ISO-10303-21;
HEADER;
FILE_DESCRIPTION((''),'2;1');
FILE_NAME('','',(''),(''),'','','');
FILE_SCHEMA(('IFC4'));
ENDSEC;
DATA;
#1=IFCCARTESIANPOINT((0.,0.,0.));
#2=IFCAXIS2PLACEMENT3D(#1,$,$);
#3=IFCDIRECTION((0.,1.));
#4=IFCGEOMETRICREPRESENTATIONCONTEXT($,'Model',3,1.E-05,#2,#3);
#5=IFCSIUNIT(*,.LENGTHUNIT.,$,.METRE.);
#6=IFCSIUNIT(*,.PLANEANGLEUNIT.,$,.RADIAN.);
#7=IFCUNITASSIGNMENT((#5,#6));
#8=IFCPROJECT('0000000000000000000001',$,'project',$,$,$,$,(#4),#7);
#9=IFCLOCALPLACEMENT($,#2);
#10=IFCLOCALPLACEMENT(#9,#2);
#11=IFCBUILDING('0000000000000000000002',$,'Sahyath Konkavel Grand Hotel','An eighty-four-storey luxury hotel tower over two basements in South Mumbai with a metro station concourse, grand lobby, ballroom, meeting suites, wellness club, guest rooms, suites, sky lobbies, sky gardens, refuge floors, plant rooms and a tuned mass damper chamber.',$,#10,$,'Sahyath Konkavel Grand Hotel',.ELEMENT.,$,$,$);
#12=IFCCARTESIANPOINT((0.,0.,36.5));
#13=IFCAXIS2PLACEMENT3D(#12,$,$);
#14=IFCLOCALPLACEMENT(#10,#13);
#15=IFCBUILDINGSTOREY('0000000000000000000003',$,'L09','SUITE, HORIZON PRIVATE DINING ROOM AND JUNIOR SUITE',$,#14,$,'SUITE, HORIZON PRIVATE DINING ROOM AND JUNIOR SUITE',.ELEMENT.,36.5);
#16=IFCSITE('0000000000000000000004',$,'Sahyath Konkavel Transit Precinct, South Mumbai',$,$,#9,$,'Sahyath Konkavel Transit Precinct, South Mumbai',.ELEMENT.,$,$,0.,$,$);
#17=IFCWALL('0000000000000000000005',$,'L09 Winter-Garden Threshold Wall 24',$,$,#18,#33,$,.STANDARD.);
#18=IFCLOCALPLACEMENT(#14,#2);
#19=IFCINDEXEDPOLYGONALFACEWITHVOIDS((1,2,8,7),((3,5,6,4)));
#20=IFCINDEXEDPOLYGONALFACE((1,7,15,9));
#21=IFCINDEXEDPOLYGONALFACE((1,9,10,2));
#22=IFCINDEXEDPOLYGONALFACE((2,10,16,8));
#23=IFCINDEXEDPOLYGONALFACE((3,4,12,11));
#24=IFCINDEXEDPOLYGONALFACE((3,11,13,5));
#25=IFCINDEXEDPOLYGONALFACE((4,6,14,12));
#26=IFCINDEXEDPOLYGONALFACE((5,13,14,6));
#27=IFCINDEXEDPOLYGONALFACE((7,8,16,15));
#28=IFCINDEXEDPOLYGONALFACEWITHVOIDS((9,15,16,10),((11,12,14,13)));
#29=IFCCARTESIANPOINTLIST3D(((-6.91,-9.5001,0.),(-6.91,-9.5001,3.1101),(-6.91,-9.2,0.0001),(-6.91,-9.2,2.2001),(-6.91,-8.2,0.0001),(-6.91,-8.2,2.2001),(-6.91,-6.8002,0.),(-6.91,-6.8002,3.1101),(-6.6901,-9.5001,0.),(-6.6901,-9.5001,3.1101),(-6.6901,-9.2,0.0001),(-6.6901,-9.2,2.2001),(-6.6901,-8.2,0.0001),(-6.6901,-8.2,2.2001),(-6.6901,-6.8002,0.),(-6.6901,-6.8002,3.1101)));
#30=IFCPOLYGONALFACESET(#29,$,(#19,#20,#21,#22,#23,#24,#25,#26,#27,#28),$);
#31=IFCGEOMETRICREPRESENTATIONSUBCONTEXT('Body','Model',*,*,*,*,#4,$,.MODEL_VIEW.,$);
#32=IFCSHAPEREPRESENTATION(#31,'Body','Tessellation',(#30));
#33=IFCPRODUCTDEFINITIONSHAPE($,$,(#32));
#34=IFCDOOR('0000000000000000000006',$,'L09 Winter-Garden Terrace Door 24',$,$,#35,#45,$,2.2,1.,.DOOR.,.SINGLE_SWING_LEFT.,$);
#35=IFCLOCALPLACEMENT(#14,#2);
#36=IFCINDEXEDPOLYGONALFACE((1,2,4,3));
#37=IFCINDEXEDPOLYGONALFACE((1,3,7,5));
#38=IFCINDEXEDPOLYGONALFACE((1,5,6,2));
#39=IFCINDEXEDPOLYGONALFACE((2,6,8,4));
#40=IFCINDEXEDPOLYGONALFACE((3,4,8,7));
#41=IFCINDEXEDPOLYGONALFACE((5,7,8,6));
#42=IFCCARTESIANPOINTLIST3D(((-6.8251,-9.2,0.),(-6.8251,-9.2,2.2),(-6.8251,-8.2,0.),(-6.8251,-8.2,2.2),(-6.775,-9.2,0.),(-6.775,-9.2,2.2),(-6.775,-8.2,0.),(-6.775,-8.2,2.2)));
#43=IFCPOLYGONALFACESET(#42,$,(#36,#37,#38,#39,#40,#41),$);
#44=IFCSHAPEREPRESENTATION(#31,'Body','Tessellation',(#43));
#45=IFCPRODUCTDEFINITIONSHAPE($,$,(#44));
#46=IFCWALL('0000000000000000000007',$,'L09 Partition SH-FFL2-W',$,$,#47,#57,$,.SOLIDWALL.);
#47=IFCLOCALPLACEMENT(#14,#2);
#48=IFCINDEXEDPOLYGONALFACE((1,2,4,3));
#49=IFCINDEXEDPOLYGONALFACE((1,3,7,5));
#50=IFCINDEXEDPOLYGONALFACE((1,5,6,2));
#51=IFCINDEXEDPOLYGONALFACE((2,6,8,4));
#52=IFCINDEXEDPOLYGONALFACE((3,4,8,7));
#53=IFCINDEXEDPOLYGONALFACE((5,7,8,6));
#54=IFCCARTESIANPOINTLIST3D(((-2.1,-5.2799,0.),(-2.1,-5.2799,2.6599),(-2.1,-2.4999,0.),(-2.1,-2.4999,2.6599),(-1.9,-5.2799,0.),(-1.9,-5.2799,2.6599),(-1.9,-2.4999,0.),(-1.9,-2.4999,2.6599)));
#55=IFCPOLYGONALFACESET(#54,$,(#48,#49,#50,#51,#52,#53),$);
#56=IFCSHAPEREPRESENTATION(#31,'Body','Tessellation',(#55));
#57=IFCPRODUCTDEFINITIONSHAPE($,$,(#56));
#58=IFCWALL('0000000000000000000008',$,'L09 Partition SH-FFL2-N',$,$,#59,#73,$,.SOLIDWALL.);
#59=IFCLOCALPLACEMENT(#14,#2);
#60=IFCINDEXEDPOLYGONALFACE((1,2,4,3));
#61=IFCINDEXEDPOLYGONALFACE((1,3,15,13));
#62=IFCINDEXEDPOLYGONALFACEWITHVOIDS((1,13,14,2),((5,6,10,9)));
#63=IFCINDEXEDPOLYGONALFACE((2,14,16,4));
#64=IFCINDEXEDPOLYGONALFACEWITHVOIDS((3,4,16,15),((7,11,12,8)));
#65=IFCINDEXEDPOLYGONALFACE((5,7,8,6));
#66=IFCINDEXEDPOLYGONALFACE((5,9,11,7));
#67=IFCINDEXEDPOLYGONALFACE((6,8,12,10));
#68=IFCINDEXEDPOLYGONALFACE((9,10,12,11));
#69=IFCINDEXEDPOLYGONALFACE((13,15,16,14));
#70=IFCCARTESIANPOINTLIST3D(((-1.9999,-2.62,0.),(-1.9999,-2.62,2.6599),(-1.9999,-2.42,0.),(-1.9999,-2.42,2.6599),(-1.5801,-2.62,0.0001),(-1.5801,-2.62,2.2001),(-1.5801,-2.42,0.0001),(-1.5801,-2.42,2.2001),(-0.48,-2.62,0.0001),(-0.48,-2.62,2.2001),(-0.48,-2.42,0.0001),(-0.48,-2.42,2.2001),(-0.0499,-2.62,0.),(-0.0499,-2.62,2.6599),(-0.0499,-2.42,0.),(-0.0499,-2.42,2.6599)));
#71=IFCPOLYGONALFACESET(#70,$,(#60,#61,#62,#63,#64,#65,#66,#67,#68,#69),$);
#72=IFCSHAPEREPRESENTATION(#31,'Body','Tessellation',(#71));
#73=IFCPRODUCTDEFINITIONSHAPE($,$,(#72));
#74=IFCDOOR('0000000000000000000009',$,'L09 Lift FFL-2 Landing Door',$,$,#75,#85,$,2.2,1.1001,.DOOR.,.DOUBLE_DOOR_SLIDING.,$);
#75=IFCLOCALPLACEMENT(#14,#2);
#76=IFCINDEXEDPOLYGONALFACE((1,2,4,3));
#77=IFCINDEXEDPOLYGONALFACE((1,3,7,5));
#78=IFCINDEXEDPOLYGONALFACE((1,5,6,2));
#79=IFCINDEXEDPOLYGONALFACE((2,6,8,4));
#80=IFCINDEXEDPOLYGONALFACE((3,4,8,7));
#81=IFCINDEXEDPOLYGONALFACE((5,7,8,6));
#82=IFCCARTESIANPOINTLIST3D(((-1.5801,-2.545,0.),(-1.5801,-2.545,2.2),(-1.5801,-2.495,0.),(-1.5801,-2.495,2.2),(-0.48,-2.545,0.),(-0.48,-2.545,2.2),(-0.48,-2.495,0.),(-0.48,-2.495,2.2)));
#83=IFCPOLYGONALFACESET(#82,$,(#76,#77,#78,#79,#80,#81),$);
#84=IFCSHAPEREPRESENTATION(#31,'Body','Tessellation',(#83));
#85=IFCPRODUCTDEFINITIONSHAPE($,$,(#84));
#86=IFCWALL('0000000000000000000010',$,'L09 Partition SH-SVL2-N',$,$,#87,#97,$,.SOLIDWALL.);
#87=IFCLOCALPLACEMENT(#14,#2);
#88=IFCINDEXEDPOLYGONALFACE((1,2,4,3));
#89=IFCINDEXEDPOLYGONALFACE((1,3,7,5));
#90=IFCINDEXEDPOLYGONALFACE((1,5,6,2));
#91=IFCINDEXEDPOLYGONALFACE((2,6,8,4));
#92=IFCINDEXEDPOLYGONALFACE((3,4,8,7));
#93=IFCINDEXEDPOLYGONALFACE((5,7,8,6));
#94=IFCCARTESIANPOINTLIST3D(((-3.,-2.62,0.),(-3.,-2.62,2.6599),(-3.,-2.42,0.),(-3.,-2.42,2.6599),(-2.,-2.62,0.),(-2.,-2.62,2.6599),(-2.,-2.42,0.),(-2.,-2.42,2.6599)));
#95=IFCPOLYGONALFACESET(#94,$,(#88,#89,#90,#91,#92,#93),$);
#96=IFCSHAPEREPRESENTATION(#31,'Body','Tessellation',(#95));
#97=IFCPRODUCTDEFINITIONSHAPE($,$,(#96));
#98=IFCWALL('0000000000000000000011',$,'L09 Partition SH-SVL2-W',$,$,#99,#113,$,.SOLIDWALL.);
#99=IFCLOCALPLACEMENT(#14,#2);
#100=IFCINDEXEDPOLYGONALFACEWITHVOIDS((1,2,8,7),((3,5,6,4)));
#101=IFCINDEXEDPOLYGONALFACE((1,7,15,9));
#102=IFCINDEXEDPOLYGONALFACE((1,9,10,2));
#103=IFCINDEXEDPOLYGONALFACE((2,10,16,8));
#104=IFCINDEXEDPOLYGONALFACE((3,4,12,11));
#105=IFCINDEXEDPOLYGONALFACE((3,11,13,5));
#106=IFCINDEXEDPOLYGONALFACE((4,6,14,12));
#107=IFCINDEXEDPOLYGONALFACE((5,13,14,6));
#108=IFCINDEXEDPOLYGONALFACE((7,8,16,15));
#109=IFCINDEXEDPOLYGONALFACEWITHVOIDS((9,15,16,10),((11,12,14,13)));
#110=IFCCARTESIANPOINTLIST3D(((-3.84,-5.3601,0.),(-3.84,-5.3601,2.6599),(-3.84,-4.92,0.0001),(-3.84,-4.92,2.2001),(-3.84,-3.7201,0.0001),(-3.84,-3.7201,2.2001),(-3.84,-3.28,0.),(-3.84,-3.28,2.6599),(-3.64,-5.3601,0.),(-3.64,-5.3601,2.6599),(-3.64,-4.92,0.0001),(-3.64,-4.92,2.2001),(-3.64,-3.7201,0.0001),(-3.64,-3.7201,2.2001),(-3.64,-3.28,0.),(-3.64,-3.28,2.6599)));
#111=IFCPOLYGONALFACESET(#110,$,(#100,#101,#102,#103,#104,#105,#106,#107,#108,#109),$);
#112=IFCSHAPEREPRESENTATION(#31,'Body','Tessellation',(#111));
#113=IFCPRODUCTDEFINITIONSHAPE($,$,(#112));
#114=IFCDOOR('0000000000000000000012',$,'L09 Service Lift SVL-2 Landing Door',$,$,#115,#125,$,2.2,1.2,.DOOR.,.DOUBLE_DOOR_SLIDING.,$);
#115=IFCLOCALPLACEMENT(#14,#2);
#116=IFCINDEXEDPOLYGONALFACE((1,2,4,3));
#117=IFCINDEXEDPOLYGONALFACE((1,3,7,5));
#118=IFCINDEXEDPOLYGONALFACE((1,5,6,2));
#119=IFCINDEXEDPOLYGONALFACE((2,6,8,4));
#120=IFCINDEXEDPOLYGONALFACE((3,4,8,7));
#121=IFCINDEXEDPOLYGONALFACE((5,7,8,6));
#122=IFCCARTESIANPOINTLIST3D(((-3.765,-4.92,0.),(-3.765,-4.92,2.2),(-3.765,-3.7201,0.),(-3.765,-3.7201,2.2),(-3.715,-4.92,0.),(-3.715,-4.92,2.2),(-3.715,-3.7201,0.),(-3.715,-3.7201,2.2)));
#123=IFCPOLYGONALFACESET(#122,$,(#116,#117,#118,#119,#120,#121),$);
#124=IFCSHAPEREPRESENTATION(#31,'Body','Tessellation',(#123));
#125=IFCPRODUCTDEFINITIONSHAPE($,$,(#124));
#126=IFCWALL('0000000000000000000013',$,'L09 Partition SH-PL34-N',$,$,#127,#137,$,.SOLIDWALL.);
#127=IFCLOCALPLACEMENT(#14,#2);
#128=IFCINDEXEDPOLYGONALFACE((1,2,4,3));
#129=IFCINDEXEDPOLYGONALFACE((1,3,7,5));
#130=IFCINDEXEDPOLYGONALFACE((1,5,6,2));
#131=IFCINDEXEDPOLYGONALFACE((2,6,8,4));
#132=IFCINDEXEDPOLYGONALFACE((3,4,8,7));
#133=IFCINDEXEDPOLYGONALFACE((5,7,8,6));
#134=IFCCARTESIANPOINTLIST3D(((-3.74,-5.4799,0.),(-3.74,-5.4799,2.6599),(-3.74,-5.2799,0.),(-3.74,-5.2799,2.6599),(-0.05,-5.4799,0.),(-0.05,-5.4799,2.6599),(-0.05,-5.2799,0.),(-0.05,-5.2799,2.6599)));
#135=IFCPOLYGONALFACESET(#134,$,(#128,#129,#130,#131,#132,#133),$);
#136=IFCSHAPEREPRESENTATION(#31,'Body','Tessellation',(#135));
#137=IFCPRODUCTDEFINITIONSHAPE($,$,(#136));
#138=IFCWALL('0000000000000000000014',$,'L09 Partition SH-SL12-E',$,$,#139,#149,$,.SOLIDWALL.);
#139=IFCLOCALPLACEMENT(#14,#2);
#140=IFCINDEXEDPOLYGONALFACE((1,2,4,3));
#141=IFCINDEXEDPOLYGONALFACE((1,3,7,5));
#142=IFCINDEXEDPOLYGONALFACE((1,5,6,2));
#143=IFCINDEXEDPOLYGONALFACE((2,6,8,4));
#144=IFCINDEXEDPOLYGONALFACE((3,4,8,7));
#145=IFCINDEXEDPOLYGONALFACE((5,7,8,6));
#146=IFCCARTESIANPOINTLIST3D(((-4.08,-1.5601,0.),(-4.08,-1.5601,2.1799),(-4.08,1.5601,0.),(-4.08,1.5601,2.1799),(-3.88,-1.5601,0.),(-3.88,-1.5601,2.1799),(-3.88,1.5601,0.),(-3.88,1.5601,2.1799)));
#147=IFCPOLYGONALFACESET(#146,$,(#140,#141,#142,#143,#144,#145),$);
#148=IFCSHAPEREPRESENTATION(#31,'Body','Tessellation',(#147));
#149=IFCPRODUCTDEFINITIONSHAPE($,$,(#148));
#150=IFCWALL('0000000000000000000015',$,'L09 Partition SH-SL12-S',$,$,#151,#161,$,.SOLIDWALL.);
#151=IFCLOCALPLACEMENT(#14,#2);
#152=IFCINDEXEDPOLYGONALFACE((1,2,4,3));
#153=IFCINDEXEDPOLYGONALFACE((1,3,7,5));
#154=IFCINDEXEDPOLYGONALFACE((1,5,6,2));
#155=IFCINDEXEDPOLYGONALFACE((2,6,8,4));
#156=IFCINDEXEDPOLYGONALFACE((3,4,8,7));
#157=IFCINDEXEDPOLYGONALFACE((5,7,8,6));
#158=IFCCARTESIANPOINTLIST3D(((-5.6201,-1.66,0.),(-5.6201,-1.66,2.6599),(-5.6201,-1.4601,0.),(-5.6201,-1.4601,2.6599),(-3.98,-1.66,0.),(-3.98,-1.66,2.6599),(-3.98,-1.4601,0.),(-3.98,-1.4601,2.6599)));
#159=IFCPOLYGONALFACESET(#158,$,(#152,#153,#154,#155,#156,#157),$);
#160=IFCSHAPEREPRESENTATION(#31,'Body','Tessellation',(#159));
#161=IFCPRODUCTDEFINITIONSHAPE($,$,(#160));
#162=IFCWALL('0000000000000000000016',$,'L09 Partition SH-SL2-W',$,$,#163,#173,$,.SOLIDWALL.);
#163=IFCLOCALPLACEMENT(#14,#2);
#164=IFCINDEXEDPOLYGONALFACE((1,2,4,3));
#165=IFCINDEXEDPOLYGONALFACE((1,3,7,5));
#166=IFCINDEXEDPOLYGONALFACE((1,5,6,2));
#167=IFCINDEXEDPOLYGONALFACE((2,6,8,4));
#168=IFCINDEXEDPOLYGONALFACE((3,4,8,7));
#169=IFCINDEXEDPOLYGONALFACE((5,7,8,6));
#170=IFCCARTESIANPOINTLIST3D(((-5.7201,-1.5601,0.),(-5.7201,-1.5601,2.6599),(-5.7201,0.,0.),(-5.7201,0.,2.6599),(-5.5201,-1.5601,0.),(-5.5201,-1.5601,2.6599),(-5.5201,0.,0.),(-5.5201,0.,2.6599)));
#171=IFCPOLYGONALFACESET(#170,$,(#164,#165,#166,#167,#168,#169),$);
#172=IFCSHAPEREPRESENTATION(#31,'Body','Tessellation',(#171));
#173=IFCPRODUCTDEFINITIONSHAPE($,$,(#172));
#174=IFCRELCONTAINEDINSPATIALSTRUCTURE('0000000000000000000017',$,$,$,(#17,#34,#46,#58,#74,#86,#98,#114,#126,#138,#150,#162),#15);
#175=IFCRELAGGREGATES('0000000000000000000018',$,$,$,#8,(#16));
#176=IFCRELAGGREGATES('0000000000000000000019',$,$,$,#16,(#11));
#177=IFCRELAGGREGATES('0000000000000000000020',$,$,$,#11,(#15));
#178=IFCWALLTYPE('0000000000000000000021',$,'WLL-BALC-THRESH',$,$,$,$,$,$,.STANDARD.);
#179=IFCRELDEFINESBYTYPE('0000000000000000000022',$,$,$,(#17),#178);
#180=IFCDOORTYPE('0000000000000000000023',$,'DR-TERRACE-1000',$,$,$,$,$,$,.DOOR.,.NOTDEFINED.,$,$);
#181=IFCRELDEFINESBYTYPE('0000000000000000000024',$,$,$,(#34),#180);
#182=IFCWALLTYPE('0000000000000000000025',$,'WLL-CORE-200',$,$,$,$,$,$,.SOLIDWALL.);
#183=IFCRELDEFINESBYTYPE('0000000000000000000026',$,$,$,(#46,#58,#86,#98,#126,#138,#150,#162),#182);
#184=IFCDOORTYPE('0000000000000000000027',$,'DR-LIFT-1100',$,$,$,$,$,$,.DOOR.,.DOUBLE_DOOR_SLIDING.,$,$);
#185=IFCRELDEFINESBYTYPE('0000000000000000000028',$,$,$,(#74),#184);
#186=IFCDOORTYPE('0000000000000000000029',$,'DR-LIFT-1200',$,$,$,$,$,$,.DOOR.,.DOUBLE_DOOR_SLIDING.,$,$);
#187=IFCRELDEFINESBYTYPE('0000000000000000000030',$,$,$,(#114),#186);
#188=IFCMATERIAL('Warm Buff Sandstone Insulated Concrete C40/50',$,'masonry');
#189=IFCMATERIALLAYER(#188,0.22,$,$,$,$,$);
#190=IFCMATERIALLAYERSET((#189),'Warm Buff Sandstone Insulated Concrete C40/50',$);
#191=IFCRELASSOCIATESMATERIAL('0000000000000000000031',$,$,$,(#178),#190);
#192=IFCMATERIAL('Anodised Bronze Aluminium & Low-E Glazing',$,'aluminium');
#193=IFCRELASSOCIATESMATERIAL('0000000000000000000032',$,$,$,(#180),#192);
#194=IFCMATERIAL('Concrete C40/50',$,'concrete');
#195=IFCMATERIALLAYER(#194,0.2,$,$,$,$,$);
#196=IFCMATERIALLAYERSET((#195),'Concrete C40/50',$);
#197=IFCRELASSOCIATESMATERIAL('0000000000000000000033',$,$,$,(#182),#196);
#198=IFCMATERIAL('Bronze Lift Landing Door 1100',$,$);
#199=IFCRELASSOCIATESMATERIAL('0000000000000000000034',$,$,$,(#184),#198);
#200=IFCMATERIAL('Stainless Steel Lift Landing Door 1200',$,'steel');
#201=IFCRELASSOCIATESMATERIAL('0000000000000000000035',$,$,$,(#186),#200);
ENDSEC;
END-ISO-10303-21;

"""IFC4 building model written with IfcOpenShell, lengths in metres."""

from ifc_helpers import new_model, si_unit, direction, frame, frame_2d, origin, origin_2d, place, context, subcontext, project, spatial, rectangle, extrude, source, transform, mapped, material, layer, layer_set, type_object, element, fill, save


model = new_model("IFC4")

# Units and contexts
model_context = context("Model", 3, precision=1e-05, world=origin(), true_north=direction((0.0, 1.0)))
body_context = subcontext(model_context, "Body", "Model", "MODEL_VIEW")
ifc_project = project(units=[si_unit("LENGTHUNIT", "METRE"), si_unit("PLANEANGLEUNIT", "RADIAN")], contexts=[model_context])

# Site, building, storey
site_placement = place(None, origin())
site = spatial("IfcSite", under=ifc_project, at=site_placement, Name="Sahyath Konkavel Transit Precinct, South Mumbai", LongName="Sahyath Konkavel Transit Precinct, South Mumbai", CompositionType="ELEMENT", RefElevation=0.0)
building_placement = place(site_placement, origin())
building = spatial("IfcBuilding", under=site, at=building_placement, Name="Sahyath Konkavel Grand Hotel", Description="An eighty-four-storey luxury hotel tower over two basements in South Mumbai with a metro station concourse, grand lobby, ballroom, meeting suites, wellness club, guest rooms, suites, sky lobbies, sky gardens, refuge floors, plant rooms and a tuned mass damper chamber.", LongName="Sahyath Konkavel Grand Hotel", CompositionType="ELEMENT")
storey_placement = place(building_placement, frame((0.0, 0.0, 36.5)))
storey = spatial("IfcBuildingStorey", under=building, at=storey_placement, Name="L09", Description="SUITE, HORIZON PRIVATE DINING ROOM AND JUNIOR SUITE", LongName="SUITE, HORIZON PRIVATE DINING ROOM AND JUNIOR SUITE", CompositionType="ELEMENT", Elevation=36.5)

# Shared definitions
ifc_material_1 = material(Name="Anodised Bronze Aluminium & Low-E Glazing", Category="aluminium")

# Wall, opening, door
ifc_material_2 = material(Name="Warm Buff Sandstone Insulated Concrete C40/50", Category="masonry")
ifc_layer_1 = layer(ifc_material_2, 0.22)
ifc_layer_set_1 = layer_set([ifc_layer_1], Name="Warm Buff Sandstone Insulated Concrete C40/50")
wall_type_1 = type_object("IfcWallType", Name="WLL-BALC-THRESH", PredefinedType="STANDARD", material=ifc_layer_set_1)
wall_1_placement = place(storey_placement, frame((-6.8, -6.8, 0.0), z_axis=(0.0, 0.0, 1.0), x_axis=(0.0, -1.0, 0.0)))
wall_1 = element("IfcWall", 1, at=wall_1_placement, inside=storey, type_object=wall_type_1, Name="L09 Winter-Garden Threshold Wall 24", PredefinedType="STANDARD", context=body_context, shape_type="SweptSolid", body=[
    extrude(rectangle(XDim=2.7, YDim=0.22, at=frame_2d((1.3501, 0.0))), origin(), (0.0, 0.0, 1.0), 3.1101),
])
opening_1_placement = place(wall_1_placement, frame((1.3999, 0.0, 0.0)))
opening_1 = element("IfcOpeningElement", 2, at=opening_1_placement, cuts=wall_1, PredefinedType="OPENING", context=body_context, shape_type="SweptSolid", body=[
    extrude(rectangle(XDim=1.0, YDim=2.2, at=frame_2d((0.5, 1.1001))), frame((0.0, 0.1201, 0.0), z_axis=(0.0, -1.0, 0.0), x_axis=(1.0, 0.0, 0.0)), (0.0, 0.0, 1.0), 0.24),
])
door_type_1 = type_object("IfcDoorType", Name="DR-TERRACE-1000", OperationType="NOTDEFINED", PredefinedType="DOOR", material=ifc_material_1)
shared_shape_1 = source(origin(), body_context, "Body", "SweptSolid", [
    extrude(rectangle(XDim=1.0, YDim=0.05, at=origin_2d()), origin(), (0.0, 0.0, 1.0), 2.2),
])
door_1_placement = place(opening_1_placement, frame((0.5, 0.0, 0.0)))
door_1 = element("IfcDoor", 3, at=door_1_placement, inside=storey, type_object=door_type_1, Name="L09 Winter-Garden Terrace Door 24", OperationType="SINGLE_SWING_LEFT", OverallHeight=2.2, OverallWidth=1.0, PredefinedType="DOOR", context=body_context, shape_type="MappedRepresentation", body=[
    mapped(shared_shape_1, transform((0.0, 0.0, 0.0), scale=1.0)),
])
fill(opening_1, door_1)

# Wall
ifc_material_3 = material(Name="Concrete C40/50", Category="concrete")
ifc_layer_2 = layer(ifc_material_3, 0.2)
ifc_layer_set_2 = layer_set([ifc_layer_2], Name="Concrete C40/50")
wall_type_2 = type_object("IfcWallType", Name="WLL-CORE-200", PredefinedType="SOLIDWALL", material=ifc_layer_set_2)
wall_2_placement = place(storey_placement, frame((-2.0, -5.28, 0.0), z_axis=(0.0, 0.0, 1.0), x_axis=(0.0, 1.0, 0.0)))
element("IfcWall", 4, at=wall_2_placement, inside=storey, type_object=wall_type_2, Name="L09 Partition SH-FFL2-W", PredefinedType="SOLIDWALL", context=body_context, shape_type="SweptSolid", body=[
    extrude(rectangle(XDim=2.78, YDim=0.2, at=frame_2d((1.3901, 0.0))), origin(), (0.0, 0.0, 1.0), 2.6599),
])

# Wall, opening, door
wall_3_placement = place(storey_placement, frame((-2.0, -2.52, 0.0), z_axis=(0.0, 0.0, 1.0), x_axis=(1.0, 0.0, 0.0)))
wall_3 = element("IfcWall", 5, at=wall_3_placement, inside=storey, type_object=wall_type_2, Name="L09 Partition SH-FFL2-N", PredefinedType="SOLIDWALL", context=body_context, shape_type="SweptSolid", body=[
    extrude(rectangle(XDim=1.95, YDim=0.2, at=frame_2d((0.9751, 0.0))), origin(), (0.0, 0.0, 1.0), 2.6599),
])
opening_2_placement = place(wall_3_placement, frame((0.4199, 0.0, 0.0)))
opening_2 = element("IfcOpeningElement", 6, at=opening_2_placement, cuts=wall_3, PredefinedType="OPENING", context=body_context, shape_type="SweptSolid", body=[
    extrude(rectangle(XDim=1.1001, YDim=2.2, at=frame_2d((0.55, 1.1001))), frame((0.0, 0.1099, 0.0), z_axis=(0.0, -1.0, 0.0), x_axis=(1.0, 0.0, 0.0)), (0.0, 0.0, 1.0), 0.22),
])
ifc_material_4 = material(Name="Bronze Lift Landing Door 1100")
door_type_2 = type_object("IfcDoorType", Name="DR-LIFT-1100", OperationType="DOUBLE_DOOR_SLIDING", PredefinedType="DOOR", material=ifc_material_4)
shared_shape_2 = source(origin(), body_context, "Body", "SweptSolid", [
    extrude(rectangle(XDim=1.1001, YDim=0.05, at=origin_2d()), origin(), (0.0, 0.0, 1.0), 2.2),
])
door_2_placement = place(opening_2_placement, frame((0.55, 0.0, 0.0)))
door_2 = element("IfcDoor", 7, at=door_2_placement, inside=storey, type_object=door_type_2, Name="L09 Lift FFL-2 Landing Door", OperationType="DOUBLE_DOOR_SLIDING", OverallHeight=2.2, OverallWidth=1.1001, PredefinedType="DOOR", context=body_context, shape_type="MappedRepresentation", body=[
    mapped(shared_shape_2, transform((0.0, 0.0, 0.0), scale=1.0)),
])
fill(opening_2, door_2)

# Wall
wall_4_placement = place(storey_placement, frame((-3.0, -2.52, 0.0), z_axis=(0.0, 0.0, 1.0), x_axis=(1.0, 0.0, 0.0)))
element("IfcWall", 8, at=wall_4_placement, inside=storey, type_object=wall_type_2, Name="L09 Partition SH-SVL2-N", PredefinedType="SOLIDWALL", context=body_context, shape_type="SweptSolid", body=[
    extrude(rectangle(XDim=1.0, YDim=0.2, at=frame_2d((0.5, 0.0))), origin(), (0.0, 0.0, 1.0), 2.6599),
])

# Wall, opening, door
wall_5_placement = place(storey_placement, frame((-3.74, -5.3601, 0.0), z_axis=(0.0, 0.0, 1.0), x_axis=(0.0, 1.0, 0.0)))
wall_5 = element("IfcWall", 9, at=wall_5_placement, inside=storey, type_object=wall_type_2, Name="L09 Partition SH-SVL2-W", PredefinedType="SOLIDWALL", context=body_context, shape_type="SweptSolid", body=[
    extrude(rectangle(XDim=2.0801, YDim=0.2, at=frame_2d((1.04, 0.0))), origin(), (0.0, 0.0, 1.0), 2.6599),
])
opening_3_placement = place(wall_5_placement, frame((0.4399, 0.0, 0.0)))
opening_3 = element("IfcOpeningElement", 10, at=opening_3_placement, cuts=wall_5, PredefinedType="OPENING", context=body_context, shape_type="SweptSolid", body=[
    extrude(rectangle(XDim=1.2, YDim=2.2, at=frame_2d((0.6001, 1.1001))), frame((0.0, 0.1099, 0.0), z_axis=(0.0, -1.0, 0.0), x_axis=(1.0, 0.0, 0.0)), (0.0, 0.0, 1.0), 0.22),
])
ifc_material_5 = material(Name="Stainless Steel Lift Landing Door 1200", Category="steel")
door_type_3 = type_object("IfcDoorType", Name="DR-LIFT-1200", OperationType="DOUBLE_DOOR_SLIDING", PredefinedType="DOOR", material=ifc_material_5)
shared_shape_3 = source(origin(), body_context, "Body", "SweptSolid", [
    extrude(rectangle(XDim=1.2, YDim=0.05, at=origin_2d()), origin(), (0.0, 0.0, 1.0), 2.2),
])
door_3_placement = place(opening_3_placement, frame((0.6001, 0.0, 0.0)))
door_3 = element("IfcDoor", 11, at=door_3_placement, inside=storey, type_object=door_type_3, Name="L09 Service Lift SVL-2 Landing Door", OperationType="DOUBLE_DOOR_SLIDING", OverallHeight=2.2, OverallWidth=1.2, PredefinedType="DOOR", context=body_context, shape_type="MappedRepresentation", body=[
    mapped(shared_shape_3, transform((0.0, 0.0, 0.0), scale=1.0)),
])
fill(opening_3, door_3)

# Walls
wall_6_placement = place(storey_placement, frame((-3.74, -5.3799, 0.0), z_axis=(0.0, 0.0, 1.0), x_axis=(1.0, 0.0, 0.0)))
element("IfcWall", 12, at=wall_6_placement, inside=storey, type_object=wall_type_2, Name="L09 Partition SH-PL34-N", PredefinedType="SOLIDWALL", context=body_context, shape_type="SweptSolid", body=[
    extrude(rectangle(XDim=3.6899, YDim=0.2, at=frame_2d((1.845, 0.0))), origin(), (0.0, 0.0, 1.0), 2.6599),
])
wall_7_placement = place(storey_placement, frame((-3.98, -1.5601, 0.0), z_axis=(0.0, 0.0, 1.0), x_axis=(0.0, 1.0, 0.0)))
element("IfcWall", 13, at=wall_7_placement, inside=storey, type_object=wall_type_2, Name="L09 Partition SH-SL12-E", PredefinedType="SOLIDWALL", context=body_context, shape_type="SweptSolid", body=[
    extrude(rectangle(XDim=3.1201, YDim=0.2, at=frame_2d((1.5601, 0.0))), origin(), (0.0, 0.0, 1.0), 2.1799),
])
wall_8_placement = place(storey_placement, frame((-5.6201, -1.5601, 0.0), z_axis=(0.0, 0.0, 1.0), x_axis=(1.0, 0.0, 0.0)))
element("IfcWall", 14, at=wall_8_placement, inside=storey, type_object=wall_type_2, Name="L09 Partition SH-SL12-S", PredefinedType="SOLIDWALL", context=body_context, shape_type="SweptSolid", body=[
    extrude(rectangle(XDim=1.6401, YDim=0.2, at=frame_2d((0.8201, 0.0))), origin(), (0.0, 0.0, 1.0), 2.6599),
])
wall_9_placement = place(storey_placement, frame((-5.6201, -1.5601, 0.0), z_axis=(0.0, 0.0, 1.0), x_axis=(0.0, 1.0, 0.0)))
element("IfcWall", 15, at=wall_9_placement, inside=storey, type_object=wall_type_2, Name="L09 Partition SH-SL2-W", PredefinedType="SOLIDWALL", context=body_context, shape_type="SweptSolid", body=[
    extrude(rectangle(XDim=1.5601, YDim=0.2, at=frame_2d((0.78, 0.0))), origin(), (0.0, 0.0, 1.0), 2.6599),
])

save(model, "model.ifc")
